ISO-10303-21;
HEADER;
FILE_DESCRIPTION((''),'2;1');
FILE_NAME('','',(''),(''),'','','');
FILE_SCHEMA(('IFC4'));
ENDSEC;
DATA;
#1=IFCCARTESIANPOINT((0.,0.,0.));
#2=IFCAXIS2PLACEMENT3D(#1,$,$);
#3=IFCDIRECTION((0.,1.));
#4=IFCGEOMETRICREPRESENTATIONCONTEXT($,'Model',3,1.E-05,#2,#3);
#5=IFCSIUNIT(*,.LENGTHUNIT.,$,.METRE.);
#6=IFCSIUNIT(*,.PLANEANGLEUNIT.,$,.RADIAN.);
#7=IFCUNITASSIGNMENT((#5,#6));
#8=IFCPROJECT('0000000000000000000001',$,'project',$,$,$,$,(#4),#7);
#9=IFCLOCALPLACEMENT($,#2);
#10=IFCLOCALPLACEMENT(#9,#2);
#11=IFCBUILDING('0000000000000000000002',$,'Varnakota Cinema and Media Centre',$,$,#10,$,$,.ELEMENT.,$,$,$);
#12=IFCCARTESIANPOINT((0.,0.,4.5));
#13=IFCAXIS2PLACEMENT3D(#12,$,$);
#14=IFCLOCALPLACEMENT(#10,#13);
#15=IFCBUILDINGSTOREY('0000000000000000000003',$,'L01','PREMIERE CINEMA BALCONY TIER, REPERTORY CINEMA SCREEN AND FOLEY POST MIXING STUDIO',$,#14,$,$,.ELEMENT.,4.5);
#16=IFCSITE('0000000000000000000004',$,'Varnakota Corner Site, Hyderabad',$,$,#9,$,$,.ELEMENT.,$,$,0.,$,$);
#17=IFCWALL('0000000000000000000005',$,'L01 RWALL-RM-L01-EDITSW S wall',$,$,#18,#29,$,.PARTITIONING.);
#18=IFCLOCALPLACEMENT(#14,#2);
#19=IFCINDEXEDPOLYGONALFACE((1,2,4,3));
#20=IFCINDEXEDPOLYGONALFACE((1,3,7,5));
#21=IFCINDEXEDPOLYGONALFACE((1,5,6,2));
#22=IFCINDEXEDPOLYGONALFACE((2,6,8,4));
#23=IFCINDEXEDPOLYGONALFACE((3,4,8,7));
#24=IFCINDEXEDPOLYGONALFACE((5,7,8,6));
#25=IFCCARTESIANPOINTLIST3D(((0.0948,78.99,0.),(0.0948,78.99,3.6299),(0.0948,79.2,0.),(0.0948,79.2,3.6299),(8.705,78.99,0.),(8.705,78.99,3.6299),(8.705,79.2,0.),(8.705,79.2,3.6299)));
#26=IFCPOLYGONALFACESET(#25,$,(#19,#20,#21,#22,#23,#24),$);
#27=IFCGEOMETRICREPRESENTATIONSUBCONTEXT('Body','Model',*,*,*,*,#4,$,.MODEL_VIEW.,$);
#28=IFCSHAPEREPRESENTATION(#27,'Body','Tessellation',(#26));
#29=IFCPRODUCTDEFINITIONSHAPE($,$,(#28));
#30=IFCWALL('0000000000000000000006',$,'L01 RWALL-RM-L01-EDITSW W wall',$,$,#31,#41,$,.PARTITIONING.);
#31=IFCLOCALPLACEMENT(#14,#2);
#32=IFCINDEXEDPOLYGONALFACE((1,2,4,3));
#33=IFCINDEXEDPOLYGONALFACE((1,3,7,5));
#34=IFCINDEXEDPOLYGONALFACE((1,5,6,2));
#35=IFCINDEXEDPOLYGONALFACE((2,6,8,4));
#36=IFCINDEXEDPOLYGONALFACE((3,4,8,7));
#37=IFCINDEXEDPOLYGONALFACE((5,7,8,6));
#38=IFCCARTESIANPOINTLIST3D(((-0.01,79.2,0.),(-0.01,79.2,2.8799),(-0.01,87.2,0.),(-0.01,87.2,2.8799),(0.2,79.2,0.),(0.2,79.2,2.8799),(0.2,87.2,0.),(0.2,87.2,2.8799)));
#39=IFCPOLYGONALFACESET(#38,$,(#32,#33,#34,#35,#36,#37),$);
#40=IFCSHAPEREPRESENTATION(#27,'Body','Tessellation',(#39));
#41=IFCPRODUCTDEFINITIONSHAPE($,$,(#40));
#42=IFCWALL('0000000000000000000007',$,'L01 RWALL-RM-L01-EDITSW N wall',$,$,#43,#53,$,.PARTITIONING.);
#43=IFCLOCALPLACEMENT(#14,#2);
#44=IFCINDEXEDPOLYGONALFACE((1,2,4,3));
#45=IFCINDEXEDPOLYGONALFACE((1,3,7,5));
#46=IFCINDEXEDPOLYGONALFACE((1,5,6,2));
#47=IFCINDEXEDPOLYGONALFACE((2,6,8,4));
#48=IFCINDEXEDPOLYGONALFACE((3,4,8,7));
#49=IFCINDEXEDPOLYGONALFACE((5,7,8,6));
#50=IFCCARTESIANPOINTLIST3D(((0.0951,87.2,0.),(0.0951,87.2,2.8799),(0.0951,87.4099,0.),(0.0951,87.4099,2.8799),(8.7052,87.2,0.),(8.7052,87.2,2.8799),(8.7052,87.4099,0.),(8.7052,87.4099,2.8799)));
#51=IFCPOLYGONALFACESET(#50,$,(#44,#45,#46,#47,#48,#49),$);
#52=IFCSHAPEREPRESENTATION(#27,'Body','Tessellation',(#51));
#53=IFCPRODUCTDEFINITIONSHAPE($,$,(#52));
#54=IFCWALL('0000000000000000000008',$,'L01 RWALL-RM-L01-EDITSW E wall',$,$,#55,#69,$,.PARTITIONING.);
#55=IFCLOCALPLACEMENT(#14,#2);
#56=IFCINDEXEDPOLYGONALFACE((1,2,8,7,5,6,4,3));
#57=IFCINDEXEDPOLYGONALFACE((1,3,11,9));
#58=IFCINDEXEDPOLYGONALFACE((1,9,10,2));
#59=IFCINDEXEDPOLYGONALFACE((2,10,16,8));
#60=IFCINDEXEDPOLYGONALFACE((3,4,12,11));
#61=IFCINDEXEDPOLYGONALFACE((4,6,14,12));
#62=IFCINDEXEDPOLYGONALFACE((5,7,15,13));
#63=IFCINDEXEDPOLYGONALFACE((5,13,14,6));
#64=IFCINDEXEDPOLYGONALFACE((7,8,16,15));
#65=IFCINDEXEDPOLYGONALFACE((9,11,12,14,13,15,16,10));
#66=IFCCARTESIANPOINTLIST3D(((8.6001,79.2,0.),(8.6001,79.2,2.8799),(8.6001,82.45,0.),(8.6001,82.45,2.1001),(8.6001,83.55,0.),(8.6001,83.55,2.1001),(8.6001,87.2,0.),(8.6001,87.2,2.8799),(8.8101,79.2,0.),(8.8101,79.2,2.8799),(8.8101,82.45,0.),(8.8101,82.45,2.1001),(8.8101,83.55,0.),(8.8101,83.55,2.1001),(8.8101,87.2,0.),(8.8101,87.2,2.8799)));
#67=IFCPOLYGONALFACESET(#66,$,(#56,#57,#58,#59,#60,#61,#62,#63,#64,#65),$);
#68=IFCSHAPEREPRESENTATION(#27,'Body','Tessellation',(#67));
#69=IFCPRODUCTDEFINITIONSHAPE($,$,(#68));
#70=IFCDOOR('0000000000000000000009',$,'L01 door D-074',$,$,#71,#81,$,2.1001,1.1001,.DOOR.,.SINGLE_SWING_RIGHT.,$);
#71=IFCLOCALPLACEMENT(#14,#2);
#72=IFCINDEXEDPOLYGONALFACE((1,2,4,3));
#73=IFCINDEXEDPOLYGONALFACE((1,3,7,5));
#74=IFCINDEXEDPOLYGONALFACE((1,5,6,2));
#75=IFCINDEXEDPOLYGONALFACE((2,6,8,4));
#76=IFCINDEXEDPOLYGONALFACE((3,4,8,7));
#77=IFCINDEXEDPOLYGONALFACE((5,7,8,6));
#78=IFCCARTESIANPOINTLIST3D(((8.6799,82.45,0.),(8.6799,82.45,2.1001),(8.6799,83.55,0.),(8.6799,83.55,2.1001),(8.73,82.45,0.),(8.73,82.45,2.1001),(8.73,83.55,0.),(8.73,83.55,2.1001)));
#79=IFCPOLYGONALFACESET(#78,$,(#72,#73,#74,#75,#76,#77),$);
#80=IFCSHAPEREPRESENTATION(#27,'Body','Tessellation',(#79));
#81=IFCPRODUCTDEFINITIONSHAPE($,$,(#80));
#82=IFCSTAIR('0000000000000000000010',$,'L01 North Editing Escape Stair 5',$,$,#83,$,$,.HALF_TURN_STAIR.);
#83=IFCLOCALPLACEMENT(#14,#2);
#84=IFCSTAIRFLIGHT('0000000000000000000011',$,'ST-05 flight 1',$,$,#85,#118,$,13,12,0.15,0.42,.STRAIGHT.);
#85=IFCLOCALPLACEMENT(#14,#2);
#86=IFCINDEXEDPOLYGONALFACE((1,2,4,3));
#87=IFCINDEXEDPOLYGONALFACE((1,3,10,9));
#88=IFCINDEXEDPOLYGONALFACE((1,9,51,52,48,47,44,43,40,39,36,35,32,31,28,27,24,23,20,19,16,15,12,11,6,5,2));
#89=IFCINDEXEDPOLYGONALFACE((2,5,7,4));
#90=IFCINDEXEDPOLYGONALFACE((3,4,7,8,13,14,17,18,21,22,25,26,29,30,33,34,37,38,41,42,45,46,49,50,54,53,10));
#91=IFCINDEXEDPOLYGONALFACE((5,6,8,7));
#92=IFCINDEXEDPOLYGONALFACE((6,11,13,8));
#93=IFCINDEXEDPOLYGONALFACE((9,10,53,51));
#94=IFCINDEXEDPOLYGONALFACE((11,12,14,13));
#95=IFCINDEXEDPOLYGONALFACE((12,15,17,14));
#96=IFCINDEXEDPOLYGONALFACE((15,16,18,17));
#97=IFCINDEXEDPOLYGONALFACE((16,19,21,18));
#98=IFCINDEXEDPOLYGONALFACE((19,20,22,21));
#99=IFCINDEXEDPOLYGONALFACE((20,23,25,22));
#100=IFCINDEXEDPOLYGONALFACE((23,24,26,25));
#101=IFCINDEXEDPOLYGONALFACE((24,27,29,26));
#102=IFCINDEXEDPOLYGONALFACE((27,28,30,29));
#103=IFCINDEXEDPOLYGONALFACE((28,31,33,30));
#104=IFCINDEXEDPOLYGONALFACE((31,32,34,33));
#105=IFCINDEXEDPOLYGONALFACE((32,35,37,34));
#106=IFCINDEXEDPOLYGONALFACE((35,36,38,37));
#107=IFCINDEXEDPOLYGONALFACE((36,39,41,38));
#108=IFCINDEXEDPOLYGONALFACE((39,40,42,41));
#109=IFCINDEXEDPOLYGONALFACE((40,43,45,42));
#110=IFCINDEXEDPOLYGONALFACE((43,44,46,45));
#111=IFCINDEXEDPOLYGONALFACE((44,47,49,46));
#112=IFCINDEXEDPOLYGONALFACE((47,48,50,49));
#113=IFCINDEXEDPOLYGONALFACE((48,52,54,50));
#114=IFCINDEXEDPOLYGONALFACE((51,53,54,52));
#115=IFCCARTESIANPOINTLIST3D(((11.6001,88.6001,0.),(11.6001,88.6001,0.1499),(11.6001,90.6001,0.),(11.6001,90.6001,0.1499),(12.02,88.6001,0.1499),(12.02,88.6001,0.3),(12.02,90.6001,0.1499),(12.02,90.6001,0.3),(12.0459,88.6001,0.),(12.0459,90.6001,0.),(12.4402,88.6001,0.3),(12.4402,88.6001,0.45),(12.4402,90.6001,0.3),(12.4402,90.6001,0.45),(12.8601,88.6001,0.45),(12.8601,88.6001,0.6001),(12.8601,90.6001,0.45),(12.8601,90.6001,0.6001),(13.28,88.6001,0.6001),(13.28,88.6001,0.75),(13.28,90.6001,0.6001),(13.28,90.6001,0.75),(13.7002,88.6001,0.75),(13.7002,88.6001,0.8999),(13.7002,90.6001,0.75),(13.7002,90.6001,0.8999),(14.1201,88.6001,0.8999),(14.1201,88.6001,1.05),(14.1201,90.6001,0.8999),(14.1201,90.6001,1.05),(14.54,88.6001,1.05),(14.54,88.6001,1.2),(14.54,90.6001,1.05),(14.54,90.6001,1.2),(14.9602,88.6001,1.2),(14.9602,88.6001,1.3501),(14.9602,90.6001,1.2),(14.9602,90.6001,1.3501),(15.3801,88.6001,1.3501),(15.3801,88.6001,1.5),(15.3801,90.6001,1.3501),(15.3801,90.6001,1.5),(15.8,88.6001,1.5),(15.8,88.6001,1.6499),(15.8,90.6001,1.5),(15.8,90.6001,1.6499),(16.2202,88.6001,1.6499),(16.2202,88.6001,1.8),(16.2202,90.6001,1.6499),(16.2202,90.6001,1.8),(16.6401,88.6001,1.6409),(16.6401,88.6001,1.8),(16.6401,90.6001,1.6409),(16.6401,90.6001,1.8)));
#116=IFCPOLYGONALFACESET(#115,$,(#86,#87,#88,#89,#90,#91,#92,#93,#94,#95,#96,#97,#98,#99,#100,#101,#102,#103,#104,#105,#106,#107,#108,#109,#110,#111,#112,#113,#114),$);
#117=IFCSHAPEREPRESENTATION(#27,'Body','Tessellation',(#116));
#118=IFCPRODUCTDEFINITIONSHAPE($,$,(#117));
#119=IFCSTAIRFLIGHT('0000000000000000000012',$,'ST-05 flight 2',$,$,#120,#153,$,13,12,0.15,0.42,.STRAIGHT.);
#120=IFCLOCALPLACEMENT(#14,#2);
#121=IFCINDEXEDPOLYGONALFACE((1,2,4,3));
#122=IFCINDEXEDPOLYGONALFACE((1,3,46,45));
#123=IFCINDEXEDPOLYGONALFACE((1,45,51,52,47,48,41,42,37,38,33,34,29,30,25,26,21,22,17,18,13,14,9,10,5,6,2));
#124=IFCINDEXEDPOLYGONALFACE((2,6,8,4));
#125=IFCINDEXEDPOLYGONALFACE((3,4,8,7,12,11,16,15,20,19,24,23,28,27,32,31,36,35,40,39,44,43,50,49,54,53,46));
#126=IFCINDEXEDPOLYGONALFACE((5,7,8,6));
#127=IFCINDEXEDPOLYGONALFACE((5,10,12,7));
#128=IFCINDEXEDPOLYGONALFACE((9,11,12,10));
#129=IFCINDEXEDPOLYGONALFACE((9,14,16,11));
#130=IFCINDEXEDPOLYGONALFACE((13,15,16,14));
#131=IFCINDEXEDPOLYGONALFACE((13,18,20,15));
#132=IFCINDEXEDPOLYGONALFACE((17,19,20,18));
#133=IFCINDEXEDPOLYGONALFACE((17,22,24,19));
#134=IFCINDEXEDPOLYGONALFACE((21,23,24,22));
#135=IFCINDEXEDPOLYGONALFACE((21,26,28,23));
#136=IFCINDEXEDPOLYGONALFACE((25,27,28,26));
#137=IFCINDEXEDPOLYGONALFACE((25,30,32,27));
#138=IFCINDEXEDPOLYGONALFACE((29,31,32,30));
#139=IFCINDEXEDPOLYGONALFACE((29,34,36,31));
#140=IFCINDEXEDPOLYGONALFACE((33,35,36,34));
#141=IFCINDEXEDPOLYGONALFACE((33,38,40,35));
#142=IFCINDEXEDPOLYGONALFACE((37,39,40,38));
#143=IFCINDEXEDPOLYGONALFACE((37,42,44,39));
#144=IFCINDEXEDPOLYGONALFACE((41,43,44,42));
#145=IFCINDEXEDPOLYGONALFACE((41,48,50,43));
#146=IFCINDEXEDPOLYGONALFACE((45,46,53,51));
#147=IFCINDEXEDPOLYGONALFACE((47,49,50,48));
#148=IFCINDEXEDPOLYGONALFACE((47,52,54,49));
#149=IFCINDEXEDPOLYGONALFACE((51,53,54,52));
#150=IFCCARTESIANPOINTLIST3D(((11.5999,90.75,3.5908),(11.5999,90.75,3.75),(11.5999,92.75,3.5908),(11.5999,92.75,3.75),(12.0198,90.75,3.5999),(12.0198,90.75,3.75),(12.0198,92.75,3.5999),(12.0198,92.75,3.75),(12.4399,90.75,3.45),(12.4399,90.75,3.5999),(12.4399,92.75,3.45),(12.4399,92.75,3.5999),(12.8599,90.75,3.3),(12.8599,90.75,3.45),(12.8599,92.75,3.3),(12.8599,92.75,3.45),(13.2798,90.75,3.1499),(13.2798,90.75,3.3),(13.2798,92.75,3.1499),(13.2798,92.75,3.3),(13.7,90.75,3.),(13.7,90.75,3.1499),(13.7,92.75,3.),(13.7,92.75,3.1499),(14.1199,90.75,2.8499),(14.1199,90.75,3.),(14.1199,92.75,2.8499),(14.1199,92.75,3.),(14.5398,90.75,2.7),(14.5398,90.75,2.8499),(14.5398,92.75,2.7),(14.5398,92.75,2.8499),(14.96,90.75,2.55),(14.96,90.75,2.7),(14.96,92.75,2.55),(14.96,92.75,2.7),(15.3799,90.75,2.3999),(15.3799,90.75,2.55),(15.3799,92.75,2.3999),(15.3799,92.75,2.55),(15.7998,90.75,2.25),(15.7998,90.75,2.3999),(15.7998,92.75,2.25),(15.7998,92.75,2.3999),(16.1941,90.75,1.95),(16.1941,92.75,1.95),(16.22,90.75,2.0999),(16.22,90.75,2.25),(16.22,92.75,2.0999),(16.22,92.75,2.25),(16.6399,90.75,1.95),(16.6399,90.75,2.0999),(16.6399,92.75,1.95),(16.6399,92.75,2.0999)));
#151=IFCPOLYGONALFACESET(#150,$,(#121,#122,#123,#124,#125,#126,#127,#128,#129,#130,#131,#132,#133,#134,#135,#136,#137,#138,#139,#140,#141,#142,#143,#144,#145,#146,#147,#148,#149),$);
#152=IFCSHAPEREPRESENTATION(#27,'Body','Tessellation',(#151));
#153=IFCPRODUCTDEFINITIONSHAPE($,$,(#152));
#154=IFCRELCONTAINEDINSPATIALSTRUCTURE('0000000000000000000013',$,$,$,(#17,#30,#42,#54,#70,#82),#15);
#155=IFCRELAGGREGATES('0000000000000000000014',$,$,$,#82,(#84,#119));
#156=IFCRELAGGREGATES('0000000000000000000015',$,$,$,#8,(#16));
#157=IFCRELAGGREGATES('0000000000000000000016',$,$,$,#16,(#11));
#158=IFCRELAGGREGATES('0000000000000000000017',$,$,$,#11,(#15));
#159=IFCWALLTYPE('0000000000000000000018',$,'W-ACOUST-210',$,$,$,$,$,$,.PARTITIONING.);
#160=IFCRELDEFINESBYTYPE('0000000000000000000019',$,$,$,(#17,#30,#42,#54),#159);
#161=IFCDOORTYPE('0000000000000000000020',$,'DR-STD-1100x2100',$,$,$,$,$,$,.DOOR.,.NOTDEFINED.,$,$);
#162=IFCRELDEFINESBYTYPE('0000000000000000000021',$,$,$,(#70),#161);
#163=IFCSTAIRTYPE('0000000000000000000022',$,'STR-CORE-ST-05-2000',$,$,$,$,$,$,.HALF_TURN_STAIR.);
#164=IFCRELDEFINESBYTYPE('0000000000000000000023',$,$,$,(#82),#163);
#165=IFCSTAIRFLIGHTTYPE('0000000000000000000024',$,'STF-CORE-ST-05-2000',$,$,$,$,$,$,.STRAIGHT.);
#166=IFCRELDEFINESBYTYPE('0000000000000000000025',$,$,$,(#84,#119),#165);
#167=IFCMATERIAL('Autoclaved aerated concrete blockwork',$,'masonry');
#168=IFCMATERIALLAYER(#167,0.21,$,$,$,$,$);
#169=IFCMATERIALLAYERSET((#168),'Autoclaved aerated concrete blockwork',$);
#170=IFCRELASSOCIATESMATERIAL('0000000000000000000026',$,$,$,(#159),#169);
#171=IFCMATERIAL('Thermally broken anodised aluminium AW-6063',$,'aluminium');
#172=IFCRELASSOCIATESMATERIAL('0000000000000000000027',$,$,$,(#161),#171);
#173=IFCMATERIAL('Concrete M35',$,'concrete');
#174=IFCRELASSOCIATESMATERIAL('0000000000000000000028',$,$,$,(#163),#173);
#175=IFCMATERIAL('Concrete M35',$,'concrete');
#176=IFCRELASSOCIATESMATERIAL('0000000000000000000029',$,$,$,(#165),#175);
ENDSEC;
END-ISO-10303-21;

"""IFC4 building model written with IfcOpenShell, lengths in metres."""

from ifc_helpers import new_model, si_unit, direction, frame, frame_2d, origin, place, context, subcontext, project, spatial, polyline, rectangle, outline, extrude, material, layer, layer_set, type_object, element, fill, aggregate, save


model = new_model("IFC4")

# Units and contexts
model_context = context("Model", 3, precision=1e-05, world=origin(), true_north=direction((0.0, 1.0)))
body_context = subcontext(model_context, "Body", "Model", "MODEL_VIEW")
ifc_project = project(units=[si_unit("LENGTHUNIT", "METRE"), si_unit("PLANEANGLEUNIT", "RADIAN")], contexts=[model_context])

# Site, building, storey
site_placement = place(None, origin())
site = spatial("IfcSite", under=ifc_project, at=site_placement, Name="Varnakota Corner Site, Hyderabad", CompositionType="ELEMENT", RefElevation=0.0)
building_placement = place(site_placement, origin())
building = spatial("IfcBuilding", under=site, at=building_placement, Name="Varnakota Cinema and Media Centre", CompositionType="ELEMENT")
storey_placement = place(building_placement, frame((0.0, 0.0, 4.5)))
storey = spatial("IfcBuildingStorey", under=building, at=storey_placement, Name="L01", Description="PREMIERE CINEMA BALCONY TIER, REPERTORY CINEMA SCREEN AND FOLEY POST MIXING STUDIO", CompositionType="ELEMENT", Elevation=4.5)

# Walls
ifc_material_1 = material(Name="Autoclaved aerated concrete blockwork", Category="masonry")
ifc_layer_1 = layer(ifc_material_1, 0.21)
ifc_layer_set_1 = layer_set([ifc_layer_1], Name="Autoclaved aerated concrete blockwork")
wall_type_1 = type_object("IfcWallType", Name="W-ACOUST-210", PredefinedType="PARTITIONING", material=ifc_layer_set_1)
wall_1_placement = place(storey_placement, frame((8.7051, 79.095, 0.0), z_axis=(0.0, 0.0, 1.0), x_axis=(-1.0, 0.0, 0.0)))
element("IfcWall", 1, at=wall_1_placement, inside=storey, type_object=wall_type_1, Name="L01 RWALL-RM-L01-EDITSW S wall", PredefinedType="PARTITIONING", context=body_context, shape_type="SweptSolid", body=[
    extrude(rectangle(XDim=8.6101, YDim=0.21, at=frame_2d((4.3052, 0.0))), origin(), (0.0, 0.0, 1.0), 3.6299),
])
wall_2_placement = place(storey_placement, frame((0.095, 79.2, 0.0), z_axis=(0.0, 0.0, 1.0), x_axis=(0.0, 1.0, 0.0)))
element("IfcWall", 2, at=wall_2_placement, inside=storey, type_object=wall_type_1, Name="L01 RWALL-RM-L01-EDITSW W wall", PredefinedType="PARTITIONING", context=body_context, shape_type="SweptSolid", body=[
    extrude(rectangle(XDim=8.0, YDim=0.21, at=frame_2d((4.0, 0.0))), origin(), (0.0, 0.0, 1.0), 2.8799),
])
wall_3_placement = place(storey_placement, frame((0.095, 87.3049, 0.0), z_axis=(0.0, 0.0, 1.0), x_axis=(1.0, 0.0, 0.0)))
element("IfcWall", 3, at=wall_3_placement, inside=storey, type_object=wall_type_1, Name="L01 RWALL-RM-L01-EDITSW N wall", PredefinedType="PARTITIONING", context=body_context, shape_type="SweptSolid", body=[
    extrude(rectangle(XDim=8.6101, YDim=0.21, at=frame_2d((4.3052, 0.0))), origin(), (0.0, 0.0, 1.0), 2.8799),
])

# Wall, opening, door
wall_4_placement = place(storey_placement, frame((8.7051, 87.2, 0.0), z_axis=(0.0, 0.0, 1.0), x_axis=(0.0, -1.0, 0.0)))
wall_4 = element("IfcWall", 4, at=wall_4_placement, inside=storey, type_object=wall_type_1, Name="L01 RWALL-RM-L01-EDITSW E wall", PredefinedType="PARTITIONING", context=body_context, shape_type="SweptSolid", body=[
    extrude(rectangle(XDim=8.0, YDim=0.21, at=frame_2d((4.0, 0.0))), origin(), (0.0, 0.0, 1.0), 2.8799),
])
opening_1_placement = place(wall_4_placement, frame((3.6499, 0.0, 0.0)))
opening_1 = element("IfcOpeningElement", 5, at=opening_1_placement, cuts=wall_4, PredefinedType="OPENING", context=body_context, shape_type="SweptSolid", body=[
    extrude(rectangle(XDim=1.1001, YDim=2.1001, at=frame_2d((0.55, 1.05))), frame((0.0, 0.105, 0.0), z_axis=(0.0, -1.0, 0.0), x_axis=(1.0, 0.0, 0.0)), (0.0, 0.0, 1.0), 0.21),
])
ifc_material_2 = material(Name="Thermally broken anodised aluminium AW-6063", Category="aluminium")
door_type_1 = type_object("IfcDoorType", Name="DR-STD-1100x2100", OperationType="NOTDEFINED", PredefinedType="DOOR", material=ifc_material_2)
door_1_placement = place(opening_1_placement, origin())
door_1 = element("IfcDoor", 6, at=door_1_placement, inside=storey, type_object=door_type_1, Name="L01 door D-074", OperationType="SINGLE_SWING_RIGHT", OverallHeight=2.1001, OverallWidth=1.1001, PredefinedType="DOOR", context=body_context, shape_type="SweptSolid", body=[
    extrude(rectangle(XDim=1.1001, YDim=2.1001, at=frame_2d((0.55, 1.05))), frame((0.0, 0.0249, 0.0), z_axis=(0.0, -1.0, 0.0), x_axis=(1.0, 0.0, 0.0)), (0.0, 0.0, 1.0), 0.05),
])
fill(opening_1, door_1)

# Stair, stair flights
ifc_material_3 = material(Name="Concrete M35", Category="concrete")
stair_type = type_object("IfcStairType", Name="STR-CORE-ST-05-2000", PredefinedType="HALF_TURN_STAIR", material=ifc_material_3)
stair_placement = place(storey_placement, origin())
stair = element("IfcStair", 7, at=stair_placement, inside=storey, type_object=stair_type, Name="L01 North Editing Escape Stair 5", PredefinedType="HALF_TURN_STAIR")
ifc_material_4 = material(Name="Concrete M35", Category="concrete")
stair_flight_type = type_object("IfcStairFlightType", Name="STF-CORE-ST-05-2000", PredefinedType="STRAIGHT", material=ifc_material_4)
stair_flight_1_placement = place(storey_placement, frame((11.6001, 89.6001, 0.0), z_axis=(0.0, 0.0, 1.0), x_axis=(1.0, 0.0, 0.0)))
stair_flight_1 = element("IfcStairFlight", 8, at=stair_flight_1_placement, type_object=stair_flight_type, Name="ST-05 flight 1", NumberOfRisers=13, NumberOfTreads=12, PredefinedType="STRAIGHT", RiserHeight=0.15, TreadLength=0.42, context=body_context, shape_type="SweptSolid", body=[
    extrude(outline(polyline([(0.0, 0.0), (0.0, 0.1499), (0.4199, 0.1499), (0.4199, 0.3), (0.8401, 0.3), (0.8401, 0.45), (1.26, 0.45), (1.26, 0.6001), (1.6799, 0.6001), (1.6799, 0.75), (2.1001, 0.75), (2.1001, 0.8999), (2.52, 0.8999), (2.52, 1.05), (2.9399, 1.05), (2.9399, 1.2), (3.3601, 1.2), (3.3601, 1.3501), (3.78, 1.3501), (3.78, 1.5), (4.2, 1.5), (4.2, 1.6499), (4.6201, 1.6499), (4.6201, 1.8), (5.04, 1.8), (5.04, 1.95), (5.04, 1.6409), (0.4458, 0.0), (0.0, 0.0)])), frame((0.0, 1.0, 0.0), z_axis=(0.0, -1.0, 0.0), x_axis=(1.0, 0.0, 0.0)), (0.0, 0.0, 1.0), 2.0),
])
stair_flight_2_placement = place(storey_placement, frame((16.6399, 91.75, 1.95), z_axis=(0.0, 0.0, 1.0), x_axis=(-1.0, 0.0, 0.0)))
stair_flight_2 = element("IfcStairFlight", 9, at=stair_flight_2_placement, type_object=stair_flight_type, Name="ST-05 flight 2", NumberOfRisers=13, NumberOfTreads=12, PredefinedType="STRAIGHT", RiserHeight=0.15, TreadLength=0.42, context=body_context, shape_type="SweptSolid", body=[
    extrude(outline(polyline([(0.0, 0.0), (0.0, 0.1499), (0.4199, 0.1499), (0.4199, 0.3), (0.8401, 0.3), (0.8401, 0.45), (1.26, 0.45), (1.26, 0.6001), (1.6799, 0.6001), (1.6799, 0.75), (2.1001, 0.75), (2.1001, 0.8999), (2.52, 0.8999), (2.52, 1.05), (2.9399, 1.05), (2.9399, 1.2), (3.3601, 1.2), (3.3601, 1.3501), (3.78, 1.3501), (3.78, 1.5), (4.2, 1.5), (4.2, 1.6499), (4.6201, 1.6499), (4.6201, 1.8), (5.04, 1.8), (5.04, 1.95), (5.04, 1.6409), (0.4458, 0.0), (0.0, 0.0)])), frame((0.0, 1.0, 0.0), z_axis=(0.0, -1.0, 0.0), x_axis=(1.0, 0.0, 0.0)), (0.0, 0.0, 1.0), 2.0),
])
aggregate(stair, [stair_flight_1, stair_flight_2])

save(model, "model.ifc")
